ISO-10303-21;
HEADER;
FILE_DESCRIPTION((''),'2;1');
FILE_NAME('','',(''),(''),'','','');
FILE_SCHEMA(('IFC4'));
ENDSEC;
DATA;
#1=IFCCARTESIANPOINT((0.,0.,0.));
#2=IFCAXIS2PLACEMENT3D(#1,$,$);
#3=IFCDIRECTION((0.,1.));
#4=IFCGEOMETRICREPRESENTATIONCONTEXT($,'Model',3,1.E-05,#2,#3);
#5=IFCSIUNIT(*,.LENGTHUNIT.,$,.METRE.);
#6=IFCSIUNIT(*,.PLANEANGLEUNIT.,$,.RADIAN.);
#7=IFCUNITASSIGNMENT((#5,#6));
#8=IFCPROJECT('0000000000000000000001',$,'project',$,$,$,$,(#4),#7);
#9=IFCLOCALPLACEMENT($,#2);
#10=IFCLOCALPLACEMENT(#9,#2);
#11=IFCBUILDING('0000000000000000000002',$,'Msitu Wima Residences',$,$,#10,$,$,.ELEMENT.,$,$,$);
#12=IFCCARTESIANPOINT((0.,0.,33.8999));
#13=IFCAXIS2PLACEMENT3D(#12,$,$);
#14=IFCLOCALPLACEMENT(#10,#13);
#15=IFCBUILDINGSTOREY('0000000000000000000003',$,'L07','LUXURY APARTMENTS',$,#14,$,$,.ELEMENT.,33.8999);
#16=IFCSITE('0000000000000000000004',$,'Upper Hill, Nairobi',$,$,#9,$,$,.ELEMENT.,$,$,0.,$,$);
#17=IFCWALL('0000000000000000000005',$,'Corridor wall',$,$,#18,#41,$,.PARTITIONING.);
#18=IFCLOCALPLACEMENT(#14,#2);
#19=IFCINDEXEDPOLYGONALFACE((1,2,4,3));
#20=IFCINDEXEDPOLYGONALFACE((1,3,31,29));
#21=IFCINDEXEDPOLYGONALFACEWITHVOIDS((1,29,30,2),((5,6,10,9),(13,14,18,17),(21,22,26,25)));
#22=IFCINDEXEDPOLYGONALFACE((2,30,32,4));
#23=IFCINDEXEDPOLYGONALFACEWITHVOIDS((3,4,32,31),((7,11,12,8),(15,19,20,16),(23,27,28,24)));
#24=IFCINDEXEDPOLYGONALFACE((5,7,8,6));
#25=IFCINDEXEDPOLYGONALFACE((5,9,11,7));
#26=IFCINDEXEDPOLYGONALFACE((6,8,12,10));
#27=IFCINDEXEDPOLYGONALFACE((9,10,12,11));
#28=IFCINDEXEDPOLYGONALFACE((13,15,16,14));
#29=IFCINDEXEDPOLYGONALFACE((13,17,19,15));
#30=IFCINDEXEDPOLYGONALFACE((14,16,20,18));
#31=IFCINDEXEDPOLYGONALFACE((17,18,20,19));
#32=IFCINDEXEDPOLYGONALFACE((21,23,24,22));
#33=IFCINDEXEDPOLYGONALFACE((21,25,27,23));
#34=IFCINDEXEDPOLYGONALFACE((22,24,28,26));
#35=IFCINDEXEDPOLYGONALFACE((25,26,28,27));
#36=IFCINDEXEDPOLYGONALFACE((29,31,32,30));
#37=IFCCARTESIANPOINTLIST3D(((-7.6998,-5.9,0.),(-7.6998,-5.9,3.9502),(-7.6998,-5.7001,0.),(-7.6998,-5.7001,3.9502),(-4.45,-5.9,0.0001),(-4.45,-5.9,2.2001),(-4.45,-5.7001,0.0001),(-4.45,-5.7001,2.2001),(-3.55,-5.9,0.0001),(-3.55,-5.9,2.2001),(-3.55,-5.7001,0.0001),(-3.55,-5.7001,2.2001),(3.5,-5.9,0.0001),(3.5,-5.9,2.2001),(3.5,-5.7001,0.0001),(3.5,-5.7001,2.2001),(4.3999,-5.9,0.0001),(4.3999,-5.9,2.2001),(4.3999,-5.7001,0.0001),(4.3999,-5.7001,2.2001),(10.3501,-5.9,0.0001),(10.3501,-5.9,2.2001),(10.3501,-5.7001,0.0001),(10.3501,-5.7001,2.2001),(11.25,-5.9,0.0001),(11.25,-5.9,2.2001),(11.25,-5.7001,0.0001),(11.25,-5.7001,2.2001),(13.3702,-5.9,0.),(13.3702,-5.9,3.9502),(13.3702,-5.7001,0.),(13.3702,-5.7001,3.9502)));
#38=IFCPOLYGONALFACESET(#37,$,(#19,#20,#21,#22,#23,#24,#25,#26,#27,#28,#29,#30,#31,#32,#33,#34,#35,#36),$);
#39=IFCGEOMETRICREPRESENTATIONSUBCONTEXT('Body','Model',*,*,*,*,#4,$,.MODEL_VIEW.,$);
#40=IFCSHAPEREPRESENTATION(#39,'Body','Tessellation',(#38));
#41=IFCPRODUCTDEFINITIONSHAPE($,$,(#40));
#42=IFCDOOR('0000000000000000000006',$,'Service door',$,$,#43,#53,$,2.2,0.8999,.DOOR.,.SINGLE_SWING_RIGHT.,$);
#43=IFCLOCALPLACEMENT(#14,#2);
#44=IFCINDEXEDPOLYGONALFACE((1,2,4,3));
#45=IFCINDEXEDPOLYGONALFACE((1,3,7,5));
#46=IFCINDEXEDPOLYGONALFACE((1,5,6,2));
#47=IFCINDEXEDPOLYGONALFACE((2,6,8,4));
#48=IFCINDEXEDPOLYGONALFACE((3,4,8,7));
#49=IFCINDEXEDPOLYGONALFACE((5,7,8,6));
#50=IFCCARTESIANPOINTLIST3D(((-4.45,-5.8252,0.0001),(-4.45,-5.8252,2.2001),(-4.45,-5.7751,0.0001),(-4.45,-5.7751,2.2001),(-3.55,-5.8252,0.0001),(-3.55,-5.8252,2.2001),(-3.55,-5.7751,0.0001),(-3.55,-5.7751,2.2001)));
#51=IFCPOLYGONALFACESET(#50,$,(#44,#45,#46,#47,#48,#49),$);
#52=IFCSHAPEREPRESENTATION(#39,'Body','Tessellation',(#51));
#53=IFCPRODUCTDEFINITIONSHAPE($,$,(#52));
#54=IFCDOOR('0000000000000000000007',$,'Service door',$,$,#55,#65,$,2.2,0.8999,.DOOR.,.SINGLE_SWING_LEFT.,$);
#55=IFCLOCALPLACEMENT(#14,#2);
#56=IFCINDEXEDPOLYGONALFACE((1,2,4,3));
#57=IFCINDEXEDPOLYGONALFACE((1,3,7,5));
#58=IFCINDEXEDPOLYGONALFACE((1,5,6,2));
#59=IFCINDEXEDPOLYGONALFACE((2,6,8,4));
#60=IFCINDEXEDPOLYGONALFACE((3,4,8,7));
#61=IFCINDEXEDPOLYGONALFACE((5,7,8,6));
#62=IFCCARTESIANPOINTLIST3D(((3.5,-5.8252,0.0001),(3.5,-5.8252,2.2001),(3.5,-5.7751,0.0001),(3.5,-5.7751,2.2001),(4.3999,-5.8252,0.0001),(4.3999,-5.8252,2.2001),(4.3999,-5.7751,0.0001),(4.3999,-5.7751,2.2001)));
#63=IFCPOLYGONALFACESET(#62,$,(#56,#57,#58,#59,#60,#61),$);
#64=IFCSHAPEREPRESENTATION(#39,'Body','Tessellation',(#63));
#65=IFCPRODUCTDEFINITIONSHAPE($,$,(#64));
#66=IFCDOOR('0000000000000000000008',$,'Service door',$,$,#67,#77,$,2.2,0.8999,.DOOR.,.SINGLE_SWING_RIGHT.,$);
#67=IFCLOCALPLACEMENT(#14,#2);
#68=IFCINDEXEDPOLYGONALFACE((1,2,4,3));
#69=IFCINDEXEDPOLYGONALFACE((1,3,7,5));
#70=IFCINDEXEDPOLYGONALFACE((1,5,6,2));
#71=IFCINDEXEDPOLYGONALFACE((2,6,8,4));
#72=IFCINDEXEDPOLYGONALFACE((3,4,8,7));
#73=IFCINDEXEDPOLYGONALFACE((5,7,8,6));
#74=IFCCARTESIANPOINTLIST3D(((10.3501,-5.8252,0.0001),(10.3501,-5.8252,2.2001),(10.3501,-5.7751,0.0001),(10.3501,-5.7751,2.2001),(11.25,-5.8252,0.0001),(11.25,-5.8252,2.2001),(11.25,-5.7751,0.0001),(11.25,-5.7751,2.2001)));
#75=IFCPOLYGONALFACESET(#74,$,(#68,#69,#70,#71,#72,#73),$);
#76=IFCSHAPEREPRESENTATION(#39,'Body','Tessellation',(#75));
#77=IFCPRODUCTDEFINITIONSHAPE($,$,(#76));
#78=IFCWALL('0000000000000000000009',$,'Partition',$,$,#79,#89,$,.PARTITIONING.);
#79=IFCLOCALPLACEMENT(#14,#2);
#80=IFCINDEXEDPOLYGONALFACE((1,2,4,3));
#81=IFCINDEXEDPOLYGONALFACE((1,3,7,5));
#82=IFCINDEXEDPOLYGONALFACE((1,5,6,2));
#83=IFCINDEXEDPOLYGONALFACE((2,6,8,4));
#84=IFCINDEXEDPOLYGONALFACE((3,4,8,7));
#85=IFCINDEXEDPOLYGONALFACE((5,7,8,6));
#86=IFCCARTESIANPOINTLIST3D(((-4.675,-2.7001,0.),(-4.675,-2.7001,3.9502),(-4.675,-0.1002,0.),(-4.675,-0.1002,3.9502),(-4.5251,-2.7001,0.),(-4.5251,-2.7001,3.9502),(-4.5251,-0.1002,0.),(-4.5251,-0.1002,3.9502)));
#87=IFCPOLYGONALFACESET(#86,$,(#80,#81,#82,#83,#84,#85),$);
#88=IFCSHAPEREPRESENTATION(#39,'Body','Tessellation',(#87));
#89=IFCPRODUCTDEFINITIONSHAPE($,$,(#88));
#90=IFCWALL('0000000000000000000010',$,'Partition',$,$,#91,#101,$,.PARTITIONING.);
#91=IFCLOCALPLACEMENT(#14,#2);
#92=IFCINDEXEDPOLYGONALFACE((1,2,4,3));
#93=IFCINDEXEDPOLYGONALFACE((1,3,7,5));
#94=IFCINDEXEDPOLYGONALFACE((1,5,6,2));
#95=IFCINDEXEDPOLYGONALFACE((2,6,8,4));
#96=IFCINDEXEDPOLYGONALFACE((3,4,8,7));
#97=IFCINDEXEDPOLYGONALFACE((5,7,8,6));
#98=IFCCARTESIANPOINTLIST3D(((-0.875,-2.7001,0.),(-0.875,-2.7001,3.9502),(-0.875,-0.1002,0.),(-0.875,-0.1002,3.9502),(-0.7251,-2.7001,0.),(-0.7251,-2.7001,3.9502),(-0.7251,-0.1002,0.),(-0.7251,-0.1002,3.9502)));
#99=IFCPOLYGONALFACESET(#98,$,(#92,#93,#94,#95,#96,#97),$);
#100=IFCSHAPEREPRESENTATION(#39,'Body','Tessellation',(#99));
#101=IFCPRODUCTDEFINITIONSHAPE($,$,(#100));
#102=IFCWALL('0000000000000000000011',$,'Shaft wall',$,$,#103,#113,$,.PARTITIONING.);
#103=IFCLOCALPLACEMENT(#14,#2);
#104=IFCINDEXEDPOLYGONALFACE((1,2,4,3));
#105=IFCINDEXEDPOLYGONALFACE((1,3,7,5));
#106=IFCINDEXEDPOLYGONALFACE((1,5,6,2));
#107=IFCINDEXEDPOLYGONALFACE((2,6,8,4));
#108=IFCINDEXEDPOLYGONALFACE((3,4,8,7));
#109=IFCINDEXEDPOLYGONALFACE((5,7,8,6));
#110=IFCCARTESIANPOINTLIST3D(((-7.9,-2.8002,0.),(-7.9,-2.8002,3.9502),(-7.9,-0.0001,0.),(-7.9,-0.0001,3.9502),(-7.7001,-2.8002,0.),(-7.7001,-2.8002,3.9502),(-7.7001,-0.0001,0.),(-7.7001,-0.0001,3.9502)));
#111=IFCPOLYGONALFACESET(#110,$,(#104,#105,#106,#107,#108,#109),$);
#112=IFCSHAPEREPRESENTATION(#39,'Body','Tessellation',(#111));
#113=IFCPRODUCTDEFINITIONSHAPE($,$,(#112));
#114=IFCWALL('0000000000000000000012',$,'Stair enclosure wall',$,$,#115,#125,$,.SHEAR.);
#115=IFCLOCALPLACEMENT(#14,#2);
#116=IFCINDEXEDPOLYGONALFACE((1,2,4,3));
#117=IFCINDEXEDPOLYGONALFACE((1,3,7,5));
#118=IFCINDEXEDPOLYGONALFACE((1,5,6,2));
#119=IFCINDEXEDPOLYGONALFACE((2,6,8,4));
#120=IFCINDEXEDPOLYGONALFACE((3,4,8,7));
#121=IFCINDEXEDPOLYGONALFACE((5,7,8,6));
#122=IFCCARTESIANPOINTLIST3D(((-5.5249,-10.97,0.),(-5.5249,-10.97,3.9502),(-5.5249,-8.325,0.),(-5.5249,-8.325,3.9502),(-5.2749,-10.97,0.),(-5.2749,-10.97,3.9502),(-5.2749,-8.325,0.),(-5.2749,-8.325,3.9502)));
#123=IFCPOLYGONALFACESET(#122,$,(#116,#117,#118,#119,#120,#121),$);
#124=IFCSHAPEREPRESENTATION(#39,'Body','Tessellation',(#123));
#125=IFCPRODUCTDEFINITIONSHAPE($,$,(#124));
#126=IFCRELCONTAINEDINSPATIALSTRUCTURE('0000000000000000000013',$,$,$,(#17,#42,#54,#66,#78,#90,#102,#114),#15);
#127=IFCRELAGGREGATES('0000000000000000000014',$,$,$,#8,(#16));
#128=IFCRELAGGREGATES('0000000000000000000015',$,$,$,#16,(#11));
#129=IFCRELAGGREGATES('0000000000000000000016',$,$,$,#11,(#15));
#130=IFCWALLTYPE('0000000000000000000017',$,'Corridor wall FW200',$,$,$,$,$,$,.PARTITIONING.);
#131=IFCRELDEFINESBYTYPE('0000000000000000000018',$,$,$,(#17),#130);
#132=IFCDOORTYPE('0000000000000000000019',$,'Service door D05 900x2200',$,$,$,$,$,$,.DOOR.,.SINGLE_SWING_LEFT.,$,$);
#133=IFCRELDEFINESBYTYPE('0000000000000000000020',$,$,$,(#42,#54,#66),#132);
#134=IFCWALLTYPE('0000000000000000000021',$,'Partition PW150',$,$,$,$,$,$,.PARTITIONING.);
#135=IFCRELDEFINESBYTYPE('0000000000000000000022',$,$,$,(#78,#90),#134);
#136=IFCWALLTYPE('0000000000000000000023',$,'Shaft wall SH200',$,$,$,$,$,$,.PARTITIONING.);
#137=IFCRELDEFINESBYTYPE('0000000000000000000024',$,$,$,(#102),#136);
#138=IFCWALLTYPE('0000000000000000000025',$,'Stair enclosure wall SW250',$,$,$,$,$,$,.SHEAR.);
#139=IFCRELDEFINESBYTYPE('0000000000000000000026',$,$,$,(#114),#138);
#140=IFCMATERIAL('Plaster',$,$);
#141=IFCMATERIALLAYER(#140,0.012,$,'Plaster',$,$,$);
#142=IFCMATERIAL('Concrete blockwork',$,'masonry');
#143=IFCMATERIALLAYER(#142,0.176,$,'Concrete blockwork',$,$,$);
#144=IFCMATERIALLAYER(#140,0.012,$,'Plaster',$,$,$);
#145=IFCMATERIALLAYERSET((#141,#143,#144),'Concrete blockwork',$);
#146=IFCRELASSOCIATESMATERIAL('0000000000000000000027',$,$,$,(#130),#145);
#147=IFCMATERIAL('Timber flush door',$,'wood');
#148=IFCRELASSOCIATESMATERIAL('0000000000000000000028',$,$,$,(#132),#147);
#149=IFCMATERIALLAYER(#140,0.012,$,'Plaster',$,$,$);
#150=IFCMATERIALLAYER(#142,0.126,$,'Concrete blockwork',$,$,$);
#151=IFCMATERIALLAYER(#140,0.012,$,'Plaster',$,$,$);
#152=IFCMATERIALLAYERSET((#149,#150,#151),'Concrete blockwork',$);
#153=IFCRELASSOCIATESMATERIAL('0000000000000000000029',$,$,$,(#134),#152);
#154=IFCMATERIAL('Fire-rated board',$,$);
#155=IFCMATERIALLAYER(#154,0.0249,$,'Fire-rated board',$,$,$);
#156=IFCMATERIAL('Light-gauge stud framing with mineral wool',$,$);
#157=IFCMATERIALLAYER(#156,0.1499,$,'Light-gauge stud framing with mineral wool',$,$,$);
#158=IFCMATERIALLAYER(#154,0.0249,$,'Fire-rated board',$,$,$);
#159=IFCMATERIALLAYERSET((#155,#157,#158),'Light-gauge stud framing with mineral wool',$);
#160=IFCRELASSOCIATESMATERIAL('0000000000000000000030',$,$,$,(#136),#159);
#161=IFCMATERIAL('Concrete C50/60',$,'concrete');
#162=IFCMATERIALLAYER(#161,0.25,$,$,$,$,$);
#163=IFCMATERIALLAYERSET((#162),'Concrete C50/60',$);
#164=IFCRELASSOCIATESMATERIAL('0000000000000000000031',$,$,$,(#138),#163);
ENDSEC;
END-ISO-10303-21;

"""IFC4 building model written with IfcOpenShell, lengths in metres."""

from ifc_helpers import new_model, si_unit, direction, frame, frame_2d, origin, place, context, subcontext, project, spatial, rectangle, extrude, material, layer, layer_set, type_object, element, fill, save


model = new_model("IFC4")

# Units and contexts
model_context = context("Model", 3, precision=1e-05, world=origin(), true_north=direction((0.0, 1.0)))
body_context = subcontext(model_context, "Body", "Model", "MODEL_VIEW")
ifc_project = project(units=[si_unit("LENGTHUNIT", "METRE"), si_unit("PLANEANGLEUNIT", "RADIAN")], contexts=[model_context])

# Site, building, storey
site_placement = place(None, origin())
site = spatial("IfcSite", under=ifc_project, at=site_placement, Name="Upper Hill, Nairobi", CompositionType="ELEMENT", RefElevation=0.0)
building_placement = place(site_placement, origin())
building = spatial("IfcBuilding", under=site, at=building_placement, Name="Msitu Wima Residences", CompositionType="ELEMENT")
storey_placement = place(building_placement, frame((0.0, 0.0, 33.8999)))
storey = spatial("IfcBuildingStorey", under=building, at=storey_placement, Name="L07", Description="LUXURY APARTMENTS", CompositionType="ELEMENT", Elevation=33.8999)

# Shared definitions
ifc_material_1 = material(Name="Plaster")
ifc_layer_1 = layer(ifc_material_1, 0.012, Name="Plaster")
ifc_material_2 = material(Name="Concrete blockwork", Category="masonry")
ifc_layer_2 = layer(ifc_material_2, 0.176, Name="Concrete blockwork")
ifc_layer_3 = layer(ifc_material_1, 0.012, Name="Plaster")
ifc_layer_set_1 = layer_set([ifc_layer_1, ifc_layer_2, ifc_layer_3], Name="Concrete blockwork")
wall_type_1 = type_object("IfcWallType", Name="Corridor wall FW200", PredefinedType="PARTITIONING", material=ifc_layer_set_1)
ifc_material_3 = material(Name="Timber flush door", Category="wood")
door_type_1 = type_object("IfcDoorType", Name="Service door D05 900x2200", OperationType="SINGLE_SWING_LEFT", PredefinedType="DOOR", material=ifc_material_3)

# Wall, openings, doors
wall_1_placement = place(storey_placement, frame((-7.7, -5.8, 0.0), z_axis=(0.0, 0.0, 1.0), x_axis=(1.0, 0.0, 0.0)))
wall_1 = element("IfcWall", 1, at=wall_1_placement, inside=storey, type_object=wall_type_1, Name="Corridor wall", PredefinedType="PARTITIONING", context=body_context, shape_type="SweptSolid", body=[
    extrude(rectangle(XDim=21.0701, YDim=0.2, at=frame_2d((10.5352, 0.0))), origin(), (0.0, 0.0, 1.0), 3.9502),
])
opening_1_placement = place(wall_1_placement, frame((3.25, 0.0, 0.0)))
opening_1 = element("IfcOpeningElement", 2, at=opening_1_placement, cuts=wall_1, PredefinedType="OPENING", context=body_context, shape_type="SweptSolid", body=[
    extrude(rectangle(XDim=0.8999, YDim=2.2, at=frame_2d((0.45, 1.1001))), frame((0.0, 0.1099, 0.0), z_axis=(0.0, -1.0, 0.0), x_axis=(1.0, 0.0, 0.0)), (0.0, 0.0, 1.0), 0.22),
])
opening_2_placement = place(wall_1_placement, frame((11.2, 0.0, 0.0)))
opening_2 = element("IfcOpeningElement", 3, at=opening_2_placement, cuts=wall_1, PredefinedType="OPENING", context=body_context, shape_type="SweptSolid", body=[
    extrude(rectangle(XDim=0.8999, YDim=2.2, at=frame_2d((0.45, 1.1001))), frame((0.0, 0.1099, 0.0), z_axis=(0.0, -1.0, 0.0), x_axis=(1.0, 0.0, 0.0)), (0.0, 0.0, 1.0), 0.22),
])
opening_3_placement = place(wall_1_placement, frame((18.05, 0.0, 0.0)))
opening_3 = element("IfcOpeningElement", 4, at=opening_3_placement, cuts=wall_1, PredefinedType="OPENING", context=body_context, shape_type="SweptSolid", body=[
    extrude(rectangle(XDim=0.8999, YDim=2.2, at=frame_2d((0.45, 1.1001))), frame((0.0, 0.1099, 0.0), z_axis=(0.0, -1.0, 0.0), x_axis=(1.0, 0.0, 0.0)), (0.0, 0.0, 1.0), 0.22),
])
door_1_placement = place(opening_1_placement, origin())
door_1 = element("IfcDoor", 5, at=door_1_placement, inside=storey, type_object=door_type_1, Name="Service door", OperationType="SINGLE_SWING_RIGHT", OverallHeight=2.2, OverallWidth=0.8999, PredefinedType="DOOR", context=body_context, shape_type="SweptSolid", body=[
    extrude(rectangle(XDim=0.8999, YDim=2.2, at=frame_2d((0.45, 1.1001))), frame((0.0, 0.0249, 0.0), z_axis=(0.0, -1.0, 0.0), x_axis=(1.0, 0.0, 0.0)), (0.0, 0.0, 1.0), 0.05),
])
fill(opening_1, door_1)
door_2_placement = place(opening_2_placement, origin())
door_2 = element("IfcDoor", 6, at=door_2_placement, inside=storey, type_object=door_type_1, Name="Service door", OperationType="SINGLE_SWING_LEFT", OverallHeight=2.2, OverallWidth=0.8999, PredefinedType="DOOR", context=body_context, shape_type="SweptSolid", body=[
    extrude(rectangle(XDim=0.8999, YDim=2.2, at=frame_2d((0.45, 1.1001))), frame((0.0, 0.0249, 0.0), z_axis=(0.0, -1.0, 0.0), x_axis=(1.0, 0.0, 0.0)), (0.0, 0.0, 1.0), 0.05),
])
fill(opening_2, door_2)
door_3_placement = place(opening_3_placement, origin())
door_3 = element("IfcDoor", 7, at=door_3_placement, inside=storey, type_object=door_type_1, Name="Service door", OperationType="SINGLE_SWING_RIGHT", OverallHeight=2.2, OverallWidth=0.8999, PredefinedType="DOOR", context=body_context, shape_type="SweptSolid", body=[
    extrude(rectangle(XDim=0.8999, YDim=2.2, at=frame_2d((0.45, 1.1001))), frame((0.0, 0.0249, 0.0), z_axis=(0.0, -1.0, 0.0), x_axis=(1.0, 0.0, 0.0)), (0.0, 0.0, 1.0), 0.05),
])
fill(opening_3, door_3)

# Walls
ifc_layer_4 = layer(ifc_material_1, 0.012, Name="Plaster")
ifc_layer_5 = layer(ifc_material_2, 0.126, Name="Concrete blockwork")
ifc_layer_6 = layer(ifc_material_1, 0.012, Name="Plaster")
ifc_layer_set_2 = layer_set([ifc_layer_4, ifc_layer_5, ifc_layer_6], Name="Concrete blockwork")
wall_type_2 = type_object("IfcWallType", Name="Partition PW150", PredefinedType="PARTITIONING", material=ifc_layer_set_2)
for number, where, z_axis, x_axis, name in (
    (8, (-4.6001, -2.7, 0.0), (0.0, 0.0, 1.0), (0.0, 1.0, 0.0), "Partition"),
    (9, (-0.8, -2.7, 0.0), (0.0, 0.0, 1.0), (0.0, 1.0, 0.0), "Partition"),
):
    element("IfcWall", number, at=place(storey_placement, frame(where, z_axis=z_axis, x_axis=x_axis)), inside=storey, type_object=wall_type_2, Name=name, PredefinedType="PARTITIONING", context=body_context, shape_type="SweptSolid", body=[
        extrude(rectangle(XDim=2.5999, YDim=0.1499, at=frame_2d((1.2998, 0.0))), origin(), (0.0, 0.0, 1.0), 3.9502),
    ])
ifc_material_4 = material(Name="Fire-rated board")
ifc_layer_7 = layer(ifc_material_4, 0.0249, Name="Fire-rated board")
ifc_material_5 = material(Name="Light-gauge stud framing with mineral wool")
ifc_layer_8 = layer(ifc_material_5, 0.1499, Name="Light-gauge stud framing with mineral wool")
ifc_layer_9 = layer(ifc_material_4, 0.0249, Name="Fire-rated board")
ifc_layer_set_3 = layer_set([ifc_layer_7, ifc_layer_8, ifc_layer_9], Name="Light-gauge stud framing with mineral wool")
wall_type_3 = type_object("IfcWallType", Name="Shaft wall SH200", PredefinedType="PARTITIONING", material=ifc_layer_set_3)
wall_2_placement = place(storey_placement, frame((-7.8, -2.8, 0.0), z_axis=(0.0, 0.0, 1.0), x_axis=(0.0, 1.0, 0.0)))
element("IfcWall", 10, at=wall_2_placement, inside=storey, type_object=wall_type_3, Name="Shaft wall", PredefinedType="PARTITIONING", context=body_context, shape_type="SweptSolid", body=[
    extrude(rectangle(XDim=2.8, YDim=0.2, at=frame_2d((1.3999, 0.0))), origin(), (0.0, 0.0, 1.0), 3.9502),
])
ifc_material_6 = material(Name="Concrete C50/60", Category="concrete")
ifc_layer_10 = layer(ifc_material_6, 0.25)
ifc_layer_set_4 = layer_set([ifc_layer_10], Name="Concrete C50/60")
wall_type_4 = type_object("IfcWallType", Name="Stair enclosure wall SW250", PredefinedType="SHEAR", material=ifc_layer_set_4)
wall_3_placement = place(storey_placement, frame((-5.3999, -10.97, 0.0), z_axis=(0.0, 0.0, 1.0), x_axis=(0.0, 1.0, 0.0)))
element("IfcWall", 11, at=wall_3_placement, inside=storey, type_object=wall_type_4, Name="Stair enclosure wall", PredefinedType="SHEAR", context=body_context, shape_type="SweptSolid", body=[
    extrude(rectangle(XDim=2.645, YDim=0.25, at=frame_2d((1.3225, 0.0))), origin(), (0.0, 0.0, 1.0), 3.9502),
])

save(model, "model.ifc")
